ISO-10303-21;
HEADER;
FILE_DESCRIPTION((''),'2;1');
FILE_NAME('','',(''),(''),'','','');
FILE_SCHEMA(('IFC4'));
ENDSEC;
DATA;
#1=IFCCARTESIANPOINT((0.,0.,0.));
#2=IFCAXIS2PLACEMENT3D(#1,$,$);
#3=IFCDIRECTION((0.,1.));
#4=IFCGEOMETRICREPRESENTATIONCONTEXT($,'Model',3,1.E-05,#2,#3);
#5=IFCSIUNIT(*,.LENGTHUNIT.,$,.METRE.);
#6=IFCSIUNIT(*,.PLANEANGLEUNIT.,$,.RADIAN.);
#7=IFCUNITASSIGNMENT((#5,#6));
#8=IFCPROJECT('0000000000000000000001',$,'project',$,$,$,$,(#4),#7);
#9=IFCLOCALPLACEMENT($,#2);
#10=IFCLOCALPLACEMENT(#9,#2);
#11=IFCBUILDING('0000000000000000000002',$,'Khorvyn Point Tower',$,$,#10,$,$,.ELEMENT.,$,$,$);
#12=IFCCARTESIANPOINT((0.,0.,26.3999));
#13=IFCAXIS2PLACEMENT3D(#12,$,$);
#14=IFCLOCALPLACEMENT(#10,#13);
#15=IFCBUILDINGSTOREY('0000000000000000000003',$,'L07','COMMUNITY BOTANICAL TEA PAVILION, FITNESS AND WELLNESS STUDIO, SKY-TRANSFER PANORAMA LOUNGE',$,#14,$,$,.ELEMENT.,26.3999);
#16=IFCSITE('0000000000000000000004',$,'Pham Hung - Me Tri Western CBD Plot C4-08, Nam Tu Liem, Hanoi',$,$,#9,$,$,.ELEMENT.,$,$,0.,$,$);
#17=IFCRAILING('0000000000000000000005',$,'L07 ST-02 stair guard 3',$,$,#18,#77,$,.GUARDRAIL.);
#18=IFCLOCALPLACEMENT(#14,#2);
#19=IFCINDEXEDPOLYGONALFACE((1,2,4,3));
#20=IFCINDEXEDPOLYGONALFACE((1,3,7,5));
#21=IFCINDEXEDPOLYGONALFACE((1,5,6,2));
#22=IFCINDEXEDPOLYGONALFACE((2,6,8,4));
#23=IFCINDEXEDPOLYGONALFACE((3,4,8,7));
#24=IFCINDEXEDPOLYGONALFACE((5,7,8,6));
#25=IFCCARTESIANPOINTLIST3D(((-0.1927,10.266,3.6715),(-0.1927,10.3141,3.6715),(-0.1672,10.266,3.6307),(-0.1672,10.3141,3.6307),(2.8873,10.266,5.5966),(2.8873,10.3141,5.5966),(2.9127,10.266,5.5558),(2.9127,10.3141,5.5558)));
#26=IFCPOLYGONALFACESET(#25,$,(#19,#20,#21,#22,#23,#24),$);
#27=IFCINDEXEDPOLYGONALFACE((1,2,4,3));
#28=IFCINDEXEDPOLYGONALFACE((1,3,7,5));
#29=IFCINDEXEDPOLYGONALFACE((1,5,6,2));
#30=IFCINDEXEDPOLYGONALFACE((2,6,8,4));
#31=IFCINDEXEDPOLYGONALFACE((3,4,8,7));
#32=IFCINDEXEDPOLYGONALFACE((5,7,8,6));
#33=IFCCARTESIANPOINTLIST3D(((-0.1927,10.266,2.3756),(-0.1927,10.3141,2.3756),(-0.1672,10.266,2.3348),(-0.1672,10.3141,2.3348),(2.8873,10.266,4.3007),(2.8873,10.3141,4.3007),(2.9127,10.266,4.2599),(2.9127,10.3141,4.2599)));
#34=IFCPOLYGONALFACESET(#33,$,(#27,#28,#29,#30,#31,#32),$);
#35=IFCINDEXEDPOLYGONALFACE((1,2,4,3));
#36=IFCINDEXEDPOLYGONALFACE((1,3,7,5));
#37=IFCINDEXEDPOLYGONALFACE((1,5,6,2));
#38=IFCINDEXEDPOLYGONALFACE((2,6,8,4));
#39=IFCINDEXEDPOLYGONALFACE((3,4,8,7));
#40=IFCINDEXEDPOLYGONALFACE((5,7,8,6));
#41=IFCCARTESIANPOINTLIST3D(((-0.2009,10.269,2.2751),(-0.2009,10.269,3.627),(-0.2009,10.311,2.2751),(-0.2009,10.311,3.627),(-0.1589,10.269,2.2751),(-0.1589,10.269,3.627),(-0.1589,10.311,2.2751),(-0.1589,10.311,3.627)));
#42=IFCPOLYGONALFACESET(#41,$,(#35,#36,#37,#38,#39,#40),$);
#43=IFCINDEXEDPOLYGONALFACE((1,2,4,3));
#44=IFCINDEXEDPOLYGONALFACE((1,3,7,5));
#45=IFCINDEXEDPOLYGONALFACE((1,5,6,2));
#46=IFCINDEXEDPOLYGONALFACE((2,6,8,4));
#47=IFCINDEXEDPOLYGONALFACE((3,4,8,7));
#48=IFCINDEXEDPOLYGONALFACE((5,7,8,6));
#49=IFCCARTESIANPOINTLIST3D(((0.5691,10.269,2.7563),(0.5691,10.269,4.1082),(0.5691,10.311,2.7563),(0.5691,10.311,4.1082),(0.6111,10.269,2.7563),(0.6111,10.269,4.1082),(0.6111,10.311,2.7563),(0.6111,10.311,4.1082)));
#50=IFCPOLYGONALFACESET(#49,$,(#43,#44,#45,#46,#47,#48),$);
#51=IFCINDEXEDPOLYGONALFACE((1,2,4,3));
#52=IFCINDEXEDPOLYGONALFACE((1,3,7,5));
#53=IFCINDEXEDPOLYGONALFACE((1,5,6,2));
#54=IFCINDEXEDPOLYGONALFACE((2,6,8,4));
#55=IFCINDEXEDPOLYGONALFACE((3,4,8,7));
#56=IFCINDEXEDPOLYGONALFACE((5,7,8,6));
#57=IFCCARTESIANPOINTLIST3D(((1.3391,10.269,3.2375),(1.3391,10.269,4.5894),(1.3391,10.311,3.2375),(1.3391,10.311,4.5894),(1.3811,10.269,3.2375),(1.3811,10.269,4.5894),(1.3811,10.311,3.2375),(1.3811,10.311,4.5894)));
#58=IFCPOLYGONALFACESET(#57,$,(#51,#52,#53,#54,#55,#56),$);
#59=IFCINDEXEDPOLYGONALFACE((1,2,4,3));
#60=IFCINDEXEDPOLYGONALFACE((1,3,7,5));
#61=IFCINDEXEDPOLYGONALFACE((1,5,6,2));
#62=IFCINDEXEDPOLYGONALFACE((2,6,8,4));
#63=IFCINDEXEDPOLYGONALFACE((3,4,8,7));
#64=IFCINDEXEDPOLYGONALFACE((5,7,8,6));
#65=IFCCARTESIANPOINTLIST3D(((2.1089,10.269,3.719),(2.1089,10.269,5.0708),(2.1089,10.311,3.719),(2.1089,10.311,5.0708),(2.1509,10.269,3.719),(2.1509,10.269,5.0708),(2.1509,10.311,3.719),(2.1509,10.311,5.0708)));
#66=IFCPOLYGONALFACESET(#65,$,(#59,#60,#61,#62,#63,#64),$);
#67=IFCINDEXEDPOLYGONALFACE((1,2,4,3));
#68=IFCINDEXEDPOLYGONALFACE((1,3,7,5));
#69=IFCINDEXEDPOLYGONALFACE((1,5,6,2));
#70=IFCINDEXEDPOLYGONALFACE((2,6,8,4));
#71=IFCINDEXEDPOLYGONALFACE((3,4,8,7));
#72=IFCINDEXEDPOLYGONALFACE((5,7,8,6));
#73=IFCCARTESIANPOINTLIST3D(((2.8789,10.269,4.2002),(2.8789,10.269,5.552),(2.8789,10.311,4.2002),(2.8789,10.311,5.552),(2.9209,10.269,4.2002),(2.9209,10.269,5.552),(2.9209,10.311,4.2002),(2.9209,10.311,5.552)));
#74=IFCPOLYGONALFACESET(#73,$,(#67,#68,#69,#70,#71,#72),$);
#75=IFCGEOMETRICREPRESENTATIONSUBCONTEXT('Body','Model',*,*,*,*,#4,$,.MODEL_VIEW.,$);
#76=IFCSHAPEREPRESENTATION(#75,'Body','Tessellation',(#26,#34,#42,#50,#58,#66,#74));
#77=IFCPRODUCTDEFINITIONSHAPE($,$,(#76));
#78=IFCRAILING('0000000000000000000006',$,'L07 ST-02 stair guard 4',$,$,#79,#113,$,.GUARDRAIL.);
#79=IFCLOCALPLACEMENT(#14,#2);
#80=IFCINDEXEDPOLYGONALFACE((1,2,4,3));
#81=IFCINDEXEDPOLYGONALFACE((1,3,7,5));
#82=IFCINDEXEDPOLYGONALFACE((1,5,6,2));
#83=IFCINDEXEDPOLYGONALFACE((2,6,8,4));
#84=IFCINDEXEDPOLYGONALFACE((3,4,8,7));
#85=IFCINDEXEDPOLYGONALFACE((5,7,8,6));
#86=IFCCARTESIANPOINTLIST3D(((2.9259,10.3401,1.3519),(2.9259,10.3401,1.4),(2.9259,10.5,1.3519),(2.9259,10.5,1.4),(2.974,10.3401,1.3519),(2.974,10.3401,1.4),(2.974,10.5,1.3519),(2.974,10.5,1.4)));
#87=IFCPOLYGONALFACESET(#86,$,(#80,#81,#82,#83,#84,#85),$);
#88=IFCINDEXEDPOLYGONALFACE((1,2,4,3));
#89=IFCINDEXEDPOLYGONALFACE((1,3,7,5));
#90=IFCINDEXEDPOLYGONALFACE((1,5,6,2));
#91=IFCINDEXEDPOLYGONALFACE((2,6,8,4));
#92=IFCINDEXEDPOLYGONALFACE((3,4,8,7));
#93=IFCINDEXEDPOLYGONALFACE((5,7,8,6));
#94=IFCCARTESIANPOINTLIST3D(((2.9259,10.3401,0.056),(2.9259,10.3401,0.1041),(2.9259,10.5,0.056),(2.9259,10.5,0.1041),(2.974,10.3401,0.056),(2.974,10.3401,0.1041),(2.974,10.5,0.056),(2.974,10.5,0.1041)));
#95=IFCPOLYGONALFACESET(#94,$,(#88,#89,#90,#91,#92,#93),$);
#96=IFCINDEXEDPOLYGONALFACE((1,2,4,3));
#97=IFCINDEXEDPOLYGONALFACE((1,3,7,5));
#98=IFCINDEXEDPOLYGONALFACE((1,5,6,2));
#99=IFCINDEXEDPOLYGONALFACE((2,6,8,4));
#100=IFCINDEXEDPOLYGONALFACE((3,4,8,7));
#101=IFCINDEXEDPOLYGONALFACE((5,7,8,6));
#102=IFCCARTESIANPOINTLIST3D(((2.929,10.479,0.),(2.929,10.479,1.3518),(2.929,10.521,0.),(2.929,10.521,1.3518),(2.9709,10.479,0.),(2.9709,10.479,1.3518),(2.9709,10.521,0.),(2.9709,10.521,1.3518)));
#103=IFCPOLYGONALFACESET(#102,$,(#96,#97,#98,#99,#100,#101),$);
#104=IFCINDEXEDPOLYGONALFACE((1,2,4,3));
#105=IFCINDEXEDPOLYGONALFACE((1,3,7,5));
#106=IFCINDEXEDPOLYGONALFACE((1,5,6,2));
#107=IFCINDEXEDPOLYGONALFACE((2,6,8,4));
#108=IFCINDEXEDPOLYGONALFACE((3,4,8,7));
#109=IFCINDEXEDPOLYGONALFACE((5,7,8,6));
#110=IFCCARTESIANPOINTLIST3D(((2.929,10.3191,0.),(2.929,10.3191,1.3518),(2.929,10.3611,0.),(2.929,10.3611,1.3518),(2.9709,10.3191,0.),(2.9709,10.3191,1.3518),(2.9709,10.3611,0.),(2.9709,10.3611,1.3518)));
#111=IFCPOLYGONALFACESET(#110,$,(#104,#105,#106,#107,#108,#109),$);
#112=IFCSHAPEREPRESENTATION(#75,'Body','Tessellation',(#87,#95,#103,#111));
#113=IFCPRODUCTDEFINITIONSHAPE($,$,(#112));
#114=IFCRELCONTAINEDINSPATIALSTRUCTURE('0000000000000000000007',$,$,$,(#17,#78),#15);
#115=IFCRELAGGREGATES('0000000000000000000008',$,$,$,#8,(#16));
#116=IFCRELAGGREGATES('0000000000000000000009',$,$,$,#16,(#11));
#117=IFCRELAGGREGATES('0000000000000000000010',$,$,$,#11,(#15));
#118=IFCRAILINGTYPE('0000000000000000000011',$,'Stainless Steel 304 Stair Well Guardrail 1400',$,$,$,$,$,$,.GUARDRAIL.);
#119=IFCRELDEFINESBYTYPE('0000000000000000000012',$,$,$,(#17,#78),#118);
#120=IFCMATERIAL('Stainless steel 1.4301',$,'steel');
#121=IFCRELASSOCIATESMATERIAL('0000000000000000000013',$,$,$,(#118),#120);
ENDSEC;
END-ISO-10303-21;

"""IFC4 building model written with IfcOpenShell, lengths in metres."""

from ifc_helpers import new_model, si_unit, direction, frame, origin, origin_2d, place, context, subcontext, project, spatial, rectangle, extrude, material, type_object, element, save


model = new_model("IFC4")

# Units and contexts
model_context = context("Model", 3, precision=1e-05, world=origin(), true_north=direction((0.0, 1.0)))
body_context = subcontext(model_context, "Body", "Model", "MODEL_VIEW")
ifc_project = project(units=[si_unit("LENGTHUNIT", "METRE"), si_unit("PLANEANGLEUNIT", "RADIAN")], contexts=[model_context])

# Site, building, storey
site_placement = place(None, origin())
site = spatial("IfcSite", under=ifc_project, at=site_placement, Name="Pham Hung - Me Tri Western CBD Plot C4-08, Nam Tu Liem, Hanoi", CompositionType="ELEMENT", RefElevation=0.0)
building_placement = place(site_placement, origin())
building = spatial("IfcBuilding", under=site, at=building_placement, Name="Khorvyn Point Tower", CompositionType="ELEMENT")
storey_placement = place(building_placement, frame((0.0, 0.0, 26.3999)))
storey = spatial("IfcBuildingStorey", under=building, at=storey_placement, Name="L07", Description="COMMUNITY BOTANICAL TEA PAVILION, FITNESS AND WELLNESS STUDIO, SKY-TRANSFER PANORAMA LOUNGE", CompositionType="ELEMENT", Elevation=26.3999)

# Railings
ifc_material_1 = material(Name="Stainless steel 1.4301", Category="steel")
railing_type_1 = type_object("IfcRailingType", Name="Stainless Steel 304 Stair Well Guardrail 1400", PredefinedType="GUARDRAIL", material=ifc_material_1)
railing_1_placement = place(storey_placement, frame((-0.1799, 10.29, 2.2751)))
element("IfcRailing", 1, at=railing_1_placement, inside=storey, type_object=railing_type_1, Name="L07 ST-02 stair guard 3", PredefinedType="GUARDRAIL", context=body_context, shape_type="SweptSolid", body=[
    extrude(rectangle(XDim=0.0481, YDim=0.0481, at=origin_2d()), frame((0.0, 0.0, 1.376), z_axis=(0.847979, 0.0, 0.530029), x_axis=(0.0, 1.0, 0.0)), (0.0, 0.0, 1.0), 3.6321),
    extrude(rectangle(XDim=0.0481, YDim=0.0481, at=origin_2d()), frame((0.0, 0.0, 0.0801), z_axis=(0.847979, 0.0, 0.530029), x_axis=(0.0, 1.0, 0.0)), (0.0, 0.0, 1.0), 3.6321),
    extrude(rectangle(XDim=0.042, YDim=0.042, at=origin_2d()), origin(), (0.0, 0.0, 1.0), 1.3518),
    extrude(rectangle(XDim=0.042, YDim=0.042, at=origin_2d()), frame((0.77, 0.0, 0.4812)), (0.0, 0.0, 1.0), 1.3518),
    extrude(rectangle(XDim=0.042, YDim=0.042, at=origin_2d()), frame((1.54, 0.0, 0.9624)), (0.0, 0.0, 1.0), 1.3518),
    extrude(rectangle(XDim=0.042, YDim=0.042, at=origin_2d()), frame((2.3098, 0.0, 1.4438)), (0.0, 0.0, 1.0), 1.3518),
    extrude(rectangle(XDim=0.042, YDim=0.042, at=origin_2d()), frame((3.0798, 0.0, 1.925)), (0.0, 0.0, 1.0), 1.3518),
])
railing_2_placement = place(storey_placement, frame((2.95, 10.5, 0.0)))
element("IfcRailing", 2, at=railing_2_placement, inside=storey, type_object=railing_type_1, Name="L07 ST-02 stair guard 4", PredefinedType="GUARDRAIL", context=body_context, shape_type="SweptSolid", body=[
    extrude(rectangle(XDim=0.0481, YDim=0.0481, at=origin_2d()), frame((0.0, 0.0, 1.376), z_axis=(0.0, -1.0, 0.0), x_axis=(1.0, 0.0, 0.0)), (0.0, 0.0, 1.0), 0.1599),
    extrude(rectangle(XDim=0.0481, YDim=0.0481, at=origin_2d()), frame((0.0, 0.0, 0.0801), z_axis=(0.0, -1.0, 0.0), x_axis=(1.0, 0.0, 0.0)), (0.0, 0.0, 1.0), 0.1599),
    extrude(rectangle(XDim=0.042, YDim=0.042, at=origin_2d()), origin(), (0.0, 0.0, 1.0), 1.3518),
    extrude(rectangle(XDim=0.042, YDim=0.042, at=origin_2d()), frame((0.0, -0.1599, 0.0)), (0.0, 0.0, 1.0), 1.3518),
])

save(model, "model.ifc")
